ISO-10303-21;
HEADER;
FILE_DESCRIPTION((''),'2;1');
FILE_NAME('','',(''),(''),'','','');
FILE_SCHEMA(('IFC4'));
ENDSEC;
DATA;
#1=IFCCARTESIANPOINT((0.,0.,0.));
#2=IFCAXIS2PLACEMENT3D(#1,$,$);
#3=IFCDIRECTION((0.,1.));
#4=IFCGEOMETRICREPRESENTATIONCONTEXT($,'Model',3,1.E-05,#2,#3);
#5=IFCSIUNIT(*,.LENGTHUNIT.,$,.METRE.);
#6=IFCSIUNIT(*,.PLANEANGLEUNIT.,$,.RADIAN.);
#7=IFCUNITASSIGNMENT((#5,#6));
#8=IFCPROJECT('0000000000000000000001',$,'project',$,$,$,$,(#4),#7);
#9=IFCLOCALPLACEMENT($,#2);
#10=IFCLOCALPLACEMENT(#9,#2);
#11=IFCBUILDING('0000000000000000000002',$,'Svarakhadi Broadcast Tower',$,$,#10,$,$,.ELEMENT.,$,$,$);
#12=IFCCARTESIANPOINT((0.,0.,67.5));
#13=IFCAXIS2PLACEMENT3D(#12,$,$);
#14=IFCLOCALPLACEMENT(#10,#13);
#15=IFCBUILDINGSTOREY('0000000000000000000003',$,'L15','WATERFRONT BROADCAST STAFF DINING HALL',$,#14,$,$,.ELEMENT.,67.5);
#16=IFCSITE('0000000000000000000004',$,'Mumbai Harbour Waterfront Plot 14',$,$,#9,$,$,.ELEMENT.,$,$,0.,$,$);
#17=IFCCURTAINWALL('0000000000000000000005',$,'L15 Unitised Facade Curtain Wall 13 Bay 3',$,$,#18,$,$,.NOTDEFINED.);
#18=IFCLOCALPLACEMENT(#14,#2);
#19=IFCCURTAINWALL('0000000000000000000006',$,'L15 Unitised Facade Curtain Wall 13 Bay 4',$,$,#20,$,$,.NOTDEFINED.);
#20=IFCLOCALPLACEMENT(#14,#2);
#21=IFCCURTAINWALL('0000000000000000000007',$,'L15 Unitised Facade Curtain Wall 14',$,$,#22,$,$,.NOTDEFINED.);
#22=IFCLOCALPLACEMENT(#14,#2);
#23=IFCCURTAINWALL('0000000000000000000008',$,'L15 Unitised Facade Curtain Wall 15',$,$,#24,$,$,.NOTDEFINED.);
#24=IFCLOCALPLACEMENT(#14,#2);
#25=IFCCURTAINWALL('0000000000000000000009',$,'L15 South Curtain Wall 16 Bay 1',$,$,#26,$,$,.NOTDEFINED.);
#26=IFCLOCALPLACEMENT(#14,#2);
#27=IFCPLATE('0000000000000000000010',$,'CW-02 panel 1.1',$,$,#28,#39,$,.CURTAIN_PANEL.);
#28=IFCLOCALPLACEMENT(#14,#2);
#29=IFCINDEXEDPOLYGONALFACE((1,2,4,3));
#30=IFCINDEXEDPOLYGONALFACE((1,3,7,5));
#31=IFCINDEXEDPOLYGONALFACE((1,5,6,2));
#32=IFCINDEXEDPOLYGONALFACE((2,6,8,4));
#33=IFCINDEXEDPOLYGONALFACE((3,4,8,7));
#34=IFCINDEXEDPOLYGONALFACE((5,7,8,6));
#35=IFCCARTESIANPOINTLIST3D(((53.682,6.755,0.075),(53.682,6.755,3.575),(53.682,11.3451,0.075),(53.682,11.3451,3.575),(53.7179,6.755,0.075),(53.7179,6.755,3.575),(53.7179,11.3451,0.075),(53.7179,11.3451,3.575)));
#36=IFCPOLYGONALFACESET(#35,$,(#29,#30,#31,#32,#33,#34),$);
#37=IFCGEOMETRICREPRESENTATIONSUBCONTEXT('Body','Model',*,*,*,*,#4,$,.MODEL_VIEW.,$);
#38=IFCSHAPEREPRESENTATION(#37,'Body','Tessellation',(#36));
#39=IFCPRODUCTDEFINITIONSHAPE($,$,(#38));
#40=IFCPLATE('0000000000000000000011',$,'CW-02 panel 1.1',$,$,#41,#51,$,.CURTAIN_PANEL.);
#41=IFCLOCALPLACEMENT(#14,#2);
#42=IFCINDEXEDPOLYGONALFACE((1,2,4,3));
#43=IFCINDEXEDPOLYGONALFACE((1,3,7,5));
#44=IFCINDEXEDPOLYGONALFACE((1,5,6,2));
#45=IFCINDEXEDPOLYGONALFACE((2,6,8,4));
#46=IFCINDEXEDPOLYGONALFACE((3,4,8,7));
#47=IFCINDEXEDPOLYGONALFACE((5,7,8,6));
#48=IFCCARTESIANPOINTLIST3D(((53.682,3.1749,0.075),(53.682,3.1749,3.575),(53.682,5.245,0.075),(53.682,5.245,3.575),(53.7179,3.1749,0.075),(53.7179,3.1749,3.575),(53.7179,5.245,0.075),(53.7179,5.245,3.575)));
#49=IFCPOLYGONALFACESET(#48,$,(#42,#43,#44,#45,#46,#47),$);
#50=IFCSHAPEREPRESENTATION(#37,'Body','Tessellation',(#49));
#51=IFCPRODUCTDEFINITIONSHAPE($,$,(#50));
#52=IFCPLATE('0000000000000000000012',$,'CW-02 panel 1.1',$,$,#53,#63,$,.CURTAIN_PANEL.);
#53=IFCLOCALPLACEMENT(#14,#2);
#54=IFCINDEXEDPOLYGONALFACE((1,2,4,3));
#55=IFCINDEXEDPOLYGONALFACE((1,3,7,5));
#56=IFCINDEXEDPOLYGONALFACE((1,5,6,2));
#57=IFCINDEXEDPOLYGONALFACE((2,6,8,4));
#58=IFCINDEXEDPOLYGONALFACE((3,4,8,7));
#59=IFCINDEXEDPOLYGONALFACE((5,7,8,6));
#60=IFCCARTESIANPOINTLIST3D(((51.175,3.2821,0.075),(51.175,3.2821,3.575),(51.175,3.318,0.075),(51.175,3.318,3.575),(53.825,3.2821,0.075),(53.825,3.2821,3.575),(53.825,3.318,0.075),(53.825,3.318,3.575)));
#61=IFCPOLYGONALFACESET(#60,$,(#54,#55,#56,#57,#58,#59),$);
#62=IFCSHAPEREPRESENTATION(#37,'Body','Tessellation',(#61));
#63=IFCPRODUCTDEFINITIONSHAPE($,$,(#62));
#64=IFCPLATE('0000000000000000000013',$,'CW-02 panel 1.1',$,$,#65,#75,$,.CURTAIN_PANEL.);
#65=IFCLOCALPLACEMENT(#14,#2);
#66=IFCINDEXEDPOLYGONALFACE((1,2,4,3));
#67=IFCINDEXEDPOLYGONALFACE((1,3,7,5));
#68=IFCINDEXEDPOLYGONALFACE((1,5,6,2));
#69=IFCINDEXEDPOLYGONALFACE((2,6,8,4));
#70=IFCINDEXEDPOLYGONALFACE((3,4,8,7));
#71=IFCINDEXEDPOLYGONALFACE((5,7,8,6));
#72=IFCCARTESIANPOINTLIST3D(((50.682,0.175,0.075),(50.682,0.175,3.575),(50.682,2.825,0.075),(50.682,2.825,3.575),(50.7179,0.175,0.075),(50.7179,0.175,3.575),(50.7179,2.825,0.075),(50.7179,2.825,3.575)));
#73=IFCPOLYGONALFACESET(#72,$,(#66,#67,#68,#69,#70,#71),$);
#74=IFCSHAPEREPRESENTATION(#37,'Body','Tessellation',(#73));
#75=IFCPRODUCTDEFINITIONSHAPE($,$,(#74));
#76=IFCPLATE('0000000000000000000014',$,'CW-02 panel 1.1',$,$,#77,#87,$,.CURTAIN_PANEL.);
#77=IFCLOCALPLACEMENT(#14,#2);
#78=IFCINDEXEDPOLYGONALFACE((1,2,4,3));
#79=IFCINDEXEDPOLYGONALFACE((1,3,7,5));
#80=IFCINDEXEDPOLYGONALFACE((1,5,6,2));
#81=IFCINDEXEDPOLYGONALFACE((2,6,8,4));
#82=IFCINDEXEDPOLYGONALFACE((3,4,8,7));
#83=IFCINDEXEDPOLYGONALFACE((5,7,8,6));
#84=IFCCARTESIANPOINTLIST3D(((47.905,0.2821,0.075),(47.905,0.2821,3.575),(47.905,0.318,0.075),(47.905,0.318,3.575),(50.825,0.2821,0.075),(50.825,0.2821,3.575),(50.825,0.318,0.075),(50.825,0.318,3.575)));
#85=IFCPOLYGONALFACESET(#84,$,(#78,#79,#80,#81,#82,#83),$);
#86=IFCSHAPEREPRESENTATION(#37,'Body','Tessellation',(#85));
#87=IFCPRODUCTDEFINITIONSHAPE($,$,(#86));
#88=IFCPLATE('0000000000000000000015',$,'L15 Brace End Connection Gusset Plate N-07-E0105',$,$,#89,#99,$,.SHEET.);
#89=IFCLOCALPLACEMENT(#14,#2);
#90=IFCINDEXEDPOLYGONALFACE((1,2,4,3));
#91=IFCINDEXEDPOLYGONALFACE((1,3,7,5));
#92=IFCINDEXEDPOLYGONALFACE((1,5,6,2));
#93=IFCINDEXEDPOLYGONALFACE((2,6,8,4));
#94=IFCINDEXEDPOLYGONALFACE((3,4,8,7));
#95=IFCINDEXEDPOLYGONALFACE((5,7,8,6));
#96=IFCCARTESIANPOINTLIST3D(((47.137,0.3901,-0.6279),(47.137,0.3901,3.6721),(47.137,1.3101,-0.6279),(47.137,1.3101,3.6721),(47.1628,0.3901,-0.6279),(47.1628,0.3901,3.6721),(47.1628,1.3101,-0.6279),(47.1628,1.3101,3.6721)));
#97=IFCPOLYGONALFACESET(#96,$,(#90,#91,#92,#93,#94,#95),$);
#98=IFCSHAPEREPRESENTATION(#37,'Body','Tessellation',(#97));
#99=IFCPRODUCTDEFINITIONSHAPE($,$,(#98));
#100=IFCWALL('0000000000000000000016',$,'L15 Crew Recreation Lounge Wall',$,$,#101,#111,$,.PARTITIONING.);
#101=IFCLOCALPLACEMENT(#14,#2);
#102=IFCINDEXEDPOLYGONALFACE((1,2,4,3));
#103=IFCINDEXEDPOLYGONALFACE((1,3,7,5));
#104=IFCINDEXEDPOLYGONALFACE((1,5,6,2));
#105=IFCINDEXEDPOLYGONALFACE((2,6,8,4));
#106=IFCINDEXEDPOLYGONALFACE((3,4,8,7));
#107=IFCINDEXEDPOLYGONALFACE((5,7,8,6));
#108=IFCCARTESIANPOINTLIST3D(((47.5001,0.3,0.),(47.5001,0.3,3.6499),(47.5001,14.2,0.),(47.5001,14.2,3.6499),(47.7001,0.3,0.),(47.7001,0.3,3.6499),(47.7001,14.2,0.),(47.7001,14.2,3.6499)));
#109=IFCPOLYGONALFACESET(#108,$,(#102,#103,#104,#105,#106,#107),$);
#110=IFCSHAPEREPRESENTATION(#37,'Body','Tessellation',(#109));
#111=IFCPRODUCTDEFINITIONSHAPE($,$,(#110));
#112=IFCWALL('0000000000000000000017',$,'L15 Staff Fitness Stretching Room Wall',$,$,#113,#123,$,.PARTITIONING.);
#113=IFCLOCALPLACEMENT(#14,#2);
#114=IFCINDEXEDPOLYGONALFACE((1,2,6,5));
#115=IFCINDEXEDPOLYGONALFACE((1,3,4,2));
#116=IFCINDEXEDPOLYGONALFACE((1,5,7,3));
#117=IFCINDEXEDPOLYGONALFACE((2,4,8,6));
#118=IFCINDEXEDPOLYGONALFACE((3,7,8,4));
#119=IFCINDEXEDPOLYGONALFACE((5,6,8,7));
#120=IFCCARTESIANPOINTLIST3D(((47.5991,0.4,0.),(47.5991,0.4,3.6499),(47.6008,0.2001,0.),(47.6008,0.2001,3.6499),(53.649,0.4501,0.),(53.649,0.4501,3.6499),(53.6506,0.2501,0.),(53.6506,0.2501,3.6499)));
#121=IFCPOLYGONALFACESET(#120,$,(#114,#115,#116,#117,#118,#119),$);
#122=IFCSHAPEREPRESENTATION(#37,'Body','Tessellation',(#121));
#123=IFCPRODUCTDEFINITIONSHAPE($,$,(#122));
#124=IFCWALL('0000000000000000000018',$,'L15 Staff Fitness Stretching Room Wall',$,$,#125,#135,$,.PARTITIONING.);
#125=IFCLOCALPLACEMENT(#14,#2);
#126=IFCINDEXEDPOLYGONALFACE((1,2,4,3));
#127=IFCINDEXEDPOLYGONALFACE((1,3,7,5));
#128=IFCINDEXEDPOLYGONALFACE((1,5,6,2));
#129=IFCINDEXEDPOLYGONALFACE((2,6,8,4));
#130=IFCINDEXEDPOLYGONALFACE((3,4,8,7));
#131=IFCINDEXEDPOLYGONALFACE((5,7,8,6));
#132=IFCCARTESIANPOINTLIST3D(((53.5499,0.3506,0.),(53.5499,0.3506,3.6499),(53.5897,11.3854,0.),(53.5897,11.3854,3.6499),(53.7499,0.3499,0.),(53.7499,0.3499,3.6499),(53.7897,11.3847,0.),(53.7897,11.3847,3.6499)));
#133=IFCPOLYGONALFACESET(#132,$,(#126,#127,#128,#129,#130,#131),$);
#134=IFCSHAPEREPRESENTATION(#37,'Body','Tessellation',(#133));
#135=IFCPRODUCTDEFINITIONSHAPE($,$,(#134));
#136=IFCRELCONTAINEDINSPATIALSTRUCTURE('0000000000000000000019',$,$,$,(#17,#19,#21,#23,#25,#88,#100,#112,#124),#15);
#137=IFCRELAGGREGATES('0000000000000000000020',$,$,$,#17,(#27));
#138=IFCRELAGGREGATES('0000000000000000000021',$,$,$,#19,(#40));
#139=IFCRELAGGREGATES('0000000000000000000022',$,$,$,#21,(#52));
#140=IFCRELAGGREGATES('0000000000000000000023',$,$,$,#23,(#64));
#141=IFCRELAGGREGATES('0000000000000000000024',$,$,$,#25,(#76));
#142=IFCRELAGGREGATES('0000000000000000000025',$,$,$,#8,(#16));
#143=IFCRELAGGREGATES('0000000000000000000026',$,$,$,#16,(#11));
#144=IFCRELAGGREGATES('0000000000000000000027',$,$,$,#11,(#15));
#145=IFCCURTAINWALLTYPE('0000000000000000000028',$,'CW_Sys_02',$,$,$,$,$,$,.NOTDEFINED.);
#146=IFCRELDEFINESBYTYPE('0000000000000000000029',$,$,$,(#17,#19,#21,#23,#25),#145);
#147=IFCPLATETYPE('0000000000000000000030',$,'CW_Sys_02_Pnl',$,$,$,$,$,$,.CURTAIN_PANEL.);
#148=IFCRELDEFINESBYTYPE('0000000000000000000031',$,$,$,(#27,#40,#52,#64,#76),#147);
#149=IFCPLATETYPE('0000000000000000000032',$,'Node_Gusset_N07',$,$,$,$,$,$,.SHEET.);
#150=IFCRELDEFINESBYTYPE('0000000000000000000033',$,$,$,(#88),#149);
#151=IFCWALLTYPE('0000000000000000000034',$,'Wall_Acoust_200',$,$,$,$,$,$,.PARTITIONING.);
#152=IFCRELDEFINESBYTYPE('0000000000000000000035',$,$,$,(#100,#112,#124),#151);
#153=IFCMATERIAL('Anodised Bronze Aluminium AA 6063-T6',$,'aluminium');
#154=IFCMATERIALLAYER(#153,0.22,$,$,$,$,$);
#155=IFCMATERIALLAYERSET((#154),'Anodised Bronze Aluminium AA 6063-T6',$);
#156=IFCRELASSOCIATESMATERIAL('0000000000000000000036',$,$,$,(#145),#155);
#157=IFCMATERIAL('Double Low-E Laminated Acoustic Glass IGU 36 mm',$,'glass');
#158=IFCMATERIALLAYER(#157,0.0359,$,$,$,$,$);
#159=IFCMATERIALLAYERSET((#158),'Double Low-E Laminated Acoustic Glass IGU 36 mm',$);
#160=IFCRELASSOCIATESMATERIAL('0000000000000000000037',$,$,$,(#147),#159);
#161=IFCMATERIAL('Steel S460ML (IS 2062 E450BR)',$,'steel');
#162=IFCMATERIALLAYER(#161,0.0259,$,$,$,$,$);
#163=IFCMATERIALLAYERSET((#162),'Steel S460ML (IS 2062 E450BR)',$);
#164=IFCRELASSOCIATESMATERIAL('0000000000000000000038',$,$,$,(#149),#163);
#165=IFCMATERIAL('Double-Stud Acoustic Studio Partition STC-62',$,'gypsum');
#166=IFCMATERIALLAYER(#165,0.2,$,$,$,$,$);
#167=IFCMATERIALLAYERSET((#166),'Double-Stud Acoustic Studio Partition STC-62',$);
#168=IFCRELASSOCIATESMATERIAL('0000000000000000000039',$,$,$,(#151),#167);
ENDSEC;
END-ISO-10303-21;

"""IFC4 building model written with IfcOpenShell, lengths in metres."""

from ifc_helpers import new_model, si_unit, direction, frame, frame_2d, origin, origin_2d, place, context, subcontext, project, spatial, rectangle, extrude, material, layer, layer_set, type_object, element, aggregate, save


model = new_model("IFC4")

# Units and contexts
model_context = context("Model", 3, precision=1e-05, world=origin(), true_north=direction((0.0, 1.0)))
body_context = subcontext(model_context, "Body", "Model", "MODEL_VIEW")
ifc_project = project(units=[si_unit("LENGTHUNIT", "METRE"), si_unit("PLANEANGLEUNIT", "RADIAN")], contexts=[model_context])

# Site, building, storey
site_placement = place(None, origin())
site = spatial("IfcSite", under=ifc_project, at=site_placement, Name="Mumbai Harbour Waterfront Plot 14", CompositionType="ELEMENT", RefElevation=0.0)
building_placement = place(site_placement, origin())
building = spatial("IfcBuilding", under=site, at=building_placement, Name="Svarakhadi Broadcast Tower", CompositionType="ELEMENT")
storey_placement = place(building_placement, frame((0.0, 0.0, 67.5)))
storey = spatial("IfcBuildingStorey", under=building, at=storey_placement, Name="L15", Description="WATERFRONT BROADCAST STAFF DINING HALL", CompositionType="ELEMENT", Elevation=67.5)

# Shared definitions
ifc_material_1 = material(Name="Steel S460ML (IS 2062 E450BR)", Category="steel")

# Curtain walls
ifc_material_2 = material(Name="Anodised Bronze Aluminium AA 6063-T6", Category="aluminium")
ifc_layer_1 = layer(ifc_material_2, 0.22)
ifc_layer_set_1 = layer_set([ifc_layer_1], Name="Anodised Bronze Aluminium AA 6063-T6")
curtain_wall_type = type_object("IfcCurtainWallType", Name="CW_Sys_02", PredefinedType="NOTDEFINED", material=ifc_layer_set_1)
curtain_wall_1_placement = place(storey_placement, origin())
curtain_wall_1 = element("IfcCurtainWall", 1, at=curtain_wall_1_placement, inside=storey, type_object=curtain_wall_type, Name="L15 Unitised Facade Curtain Wall 13 Bay 3", PredefinedType="NOTDEFINED")
curtain_wall_2_placement = place(storey_placement, origin())
curtain_wall_2 = element("IfcCurtainWall", 2, at=curtain_wall_2_placement, inside=storey, type_object=curtain_wall_type, Name="L15 Unitised Facade Curtain Wall 13 Bay 4", PredefinedType="NOTDEFINED")
curtain_wall_3_placement = place(storey_placement, origin())
curtain_wall_3 = element("IfcCurtainWall", 3, at=curtain_wall_3_placement, inside=storey, type_object=curtain_wall_type, Name="L15 Unitised Facade Curtain Wall 14", PredefinedType="NOTDEFINED")
curtain_wall_4_placement = place(storey_placement, origin())
curtain_wall_4 = element("IfcCurtainWall", 4, at=curtain_wall_4_placement, inside=storey, type_object=curtain_wall_type, Name="L15 Unitised Facade Curtain Wall 15", PredefinedType="NOTDEFINED")
curtain_wall_5_placement = place(storey_placement, origin())
curtain_wall_5 = element("IfcCurtainWall", 5, at=curtain_wall_5_placement, inside=storey, type_object=curtain_wall_type, Name="L15 South Curtain Wall 16 Bay 1", PredefinedType="NOTDEFINED")

# Plates
ifc_material_3 = material(Name="Double Low-E Laminated Acoustic Glass IGU 36 mm", Category="glass")
ifc_layer_2 = layer(ifc_material_3, 0.0359)
ifc_layer_set_2 = layer_set([ifc_layer_2], Name="Double Low-E Laminated Acoustic Glass IGU 36 mm")
plate_type_1 = type_object("IfcPlateType", Name="CW_Sys_02_Pnl", PredefinedType="CURTAIN_PANEL", material=ifc_layer_set_2)
plate_1_placement = place(storey_placement, frame((53.7, 9.05, 0.075), z_axis=(0.0, 0.0, 1.0), x_axis=(0.0, -1.0, 0.0)))
plate_1 = element("IfcPlate", 6, at=plate_1_placement, type_object=plate_type_1, Name="CW-02 panel 1.1", PredefinedType="CURTAIN_PANEL", context=body_context, shape_type="SweptSolid", body=[
    extrude(rectangle(XDim=4.5901, YDim=0.0359, at=origin_2d()), origin(), (0.0, 0.0, 1.0), 3.5),
])
aggregate(curtain_wall_1, [plate_1])
plate_2_placement = place(storey_placement, frame((53.7, 4.21, 0.075), z_axis=(0.0, 0.0, 1.0), x_axis=(0.0, -1.0, 0.0)))
plate_2 = element("IfcPlate", 7, at=plate_2_placement, type_object=plate_type_1, Name="CW-02 panel 1.1", PredefinedType="CURTAIN_PANEL", context=body_context, shape_type="SweptSolid", body=[
    extrude(rectangle(XDim=2.0701, YDim=0.0359, at=origin_2d()), origin(), (0.0, 0.0, 1.0), 3.5),
])
aggregate(curtain_wall_2, [plate_2])
plate_3_placement = place(storey_placement, frame((52.5, 3.3, 0.075), z_axis=(0.0, 0.0, 1.0), x_axis=(-1.0, 0.0, 0.0)))
plate_3 = element("IfcPlate", 8, at=plate_3_placement, type_object=plate_type_1, Name="CW-02 panel 1.1", PredefinedType="CURTAIN_PANEL", context=body_context, shape_type="SweptSolid", body=[
    extrude(rectangle(XDim=2.6499, YDim=0.0359, at=origin_2d()), origin(), (0.0, 0.0, 1.0), 3.5),
])
aggregate(curtain_wall_3, [plate_3])
plate_4_placement = place(storey_placement, frame((50.7, 1.5, 0.075), z_axis=(0.0, 0.0, 1.0), x_axis=(0.0, -1.0, 0.0)))
plate_4 = element("IfcPlate", 9, at=plate_4_placement, type_object=plate_type_1, Name="CW-02 panel 1.1", PredefinedType="CURTAIN_PANEL", context=body_context, shape_type="SweptSolid", body=[
    extrude(rectangle(XDim=2.6499, YDim=0.0359, at=origin_2d()), origin(), (0.0, 0.0, 1.0), 3.5),
])
aggregate(curtain_wall_4, [plate_4])
plate_5_placement = place(storey_placement, frame((49.365, 0.3, 0.075), z_axis=(0.0, 0.0, 1.0), x_axis=(-1.0, 0.0, 0.0)))
plate_5 = element("IfcPlate", 10, at=plate_5_placement, type_object=plate_type_1, Name="CW-02 panel 1.1", PredefinedType="CURTAIN_PANEL", context=body_context, shape_type="SweptSolid", body=[
    extrude(rectangle(XDim=2.9199, YDim=0.0359, at=origin_2d()), origin(), (0.0, 0.0, 1.0), 3.5),
])
aggregate(curtain_wall_5, [plate_5])
ifc_layer_3 = layer(ifc_material_1, 0.0259)
ifc_layer_set_3 = layer_set([ifc_layer_3], Name="Steel S460ML (IS 2062 E450BR)")
plate_type_2 = type_object("IfcPlateType", Name="Node_Gusset_N07", PredefinedType="SHEET", material=ifc_layer_set_3)
plate_6_placement = place(storey_placement, frame((47.1499, 0.8501, -0.6279), z_axis=(0.0, 0.0, 1.0), x_axis=(0.0, 1.0, 0.0)))
element("IfcPlate", 11, at=plate_6_placement, inside=storey, type_object=plate_type_2, Name="L15 Brace End Connection Gusset Plate N-07-E0105", PredefinedType="SHEET", context=body_context, shape_type="SweptSolid", body=[
    extrude(rectangle(XDim=0.9199, YDim=0.0259, at=origin_2d()), origin(), (0.0, 0.0, 1.0), 4.3),
])

# Walls
ifc_material_4 = material(Name="Double-Stud Acoustic Studio Partition STC-62", Category="gypsum")
ifc_layer_4 = layer(ifc_material_4, 0.2)
ifc_layer_set_4 = layer_set([ifc_layer_4], Name="Double-Stud Acoustic Studio Partition STC-62")
wall_type = type_object("IfcWallType", Name="Wall_Acoust_200", PredefinedType="PARTITIONING", material=ifc_layer_set_4)
wall_1_placement = place(storey_placement, frame((47.6001, 0.3, 0.0), z_axis=(0.0, 0.0, 1.0), x_axis=(0.0, 1.0, 0.0)))
element("IfcWall", 12, at=wall_1_placement, inside=storey, type_object=wall_type, Name="L15 Crew Recreation Lounge Wall", PredefinedType="PARTITIONING", context=body_context, shape_type="SweptSolid", body=[
    extrude(rectangle(XDim=13.8999, YDim=0.2, at=frame_2d((6.95, 0.0))), origin(), (0.0, 0.0, 1.0), 3.6499),
])
wall_2_placement = place(storey_placement, frame((47.6001, 0.3, 0.0), z_axis=(0.0, 0.0, 1.0), x_axis=(0.999966, 0.008273, 0.0)))
element("IfcWall", 13, at=wall_2_placement, inside=storey, type_object=wall_type, Name="L15 Staff Fitness Stretching Room Wall", PredefinedType="PARTITIONING", context=body_context, shape_type="SweptSolid", body=[
    extrude(rectangle(XDim=6.05, YDim=0.2, at=frame_2d((3.0249, 0.0))), origin(), (0.0, 0.0, 1.0), 3.6499),
])
wall_3_placement = place(storey_placement, frame((53.6499, 0.3501, 0.0), z_axis=(0.0, 0.0, 1.0), x_axis=(0.003606, 0.999993, 0.0)))
element("IfcWall", 14, at=wall_3_placement, inside=storey, type_object=wall_type, Name="L15 Staff Fitness Stretching Room Wall", PredefinedType="PARTITIONING", context=body_context, shape_type="SweptSolid", body=[
    extrude(rectangle(XDim=11.0349, YDim=0.2, at=frame_2d((5.5176, 0.0))), origin(), (0.0, 0.0, 1.0), 3.6499),
])

save(model, "model.ifc")
